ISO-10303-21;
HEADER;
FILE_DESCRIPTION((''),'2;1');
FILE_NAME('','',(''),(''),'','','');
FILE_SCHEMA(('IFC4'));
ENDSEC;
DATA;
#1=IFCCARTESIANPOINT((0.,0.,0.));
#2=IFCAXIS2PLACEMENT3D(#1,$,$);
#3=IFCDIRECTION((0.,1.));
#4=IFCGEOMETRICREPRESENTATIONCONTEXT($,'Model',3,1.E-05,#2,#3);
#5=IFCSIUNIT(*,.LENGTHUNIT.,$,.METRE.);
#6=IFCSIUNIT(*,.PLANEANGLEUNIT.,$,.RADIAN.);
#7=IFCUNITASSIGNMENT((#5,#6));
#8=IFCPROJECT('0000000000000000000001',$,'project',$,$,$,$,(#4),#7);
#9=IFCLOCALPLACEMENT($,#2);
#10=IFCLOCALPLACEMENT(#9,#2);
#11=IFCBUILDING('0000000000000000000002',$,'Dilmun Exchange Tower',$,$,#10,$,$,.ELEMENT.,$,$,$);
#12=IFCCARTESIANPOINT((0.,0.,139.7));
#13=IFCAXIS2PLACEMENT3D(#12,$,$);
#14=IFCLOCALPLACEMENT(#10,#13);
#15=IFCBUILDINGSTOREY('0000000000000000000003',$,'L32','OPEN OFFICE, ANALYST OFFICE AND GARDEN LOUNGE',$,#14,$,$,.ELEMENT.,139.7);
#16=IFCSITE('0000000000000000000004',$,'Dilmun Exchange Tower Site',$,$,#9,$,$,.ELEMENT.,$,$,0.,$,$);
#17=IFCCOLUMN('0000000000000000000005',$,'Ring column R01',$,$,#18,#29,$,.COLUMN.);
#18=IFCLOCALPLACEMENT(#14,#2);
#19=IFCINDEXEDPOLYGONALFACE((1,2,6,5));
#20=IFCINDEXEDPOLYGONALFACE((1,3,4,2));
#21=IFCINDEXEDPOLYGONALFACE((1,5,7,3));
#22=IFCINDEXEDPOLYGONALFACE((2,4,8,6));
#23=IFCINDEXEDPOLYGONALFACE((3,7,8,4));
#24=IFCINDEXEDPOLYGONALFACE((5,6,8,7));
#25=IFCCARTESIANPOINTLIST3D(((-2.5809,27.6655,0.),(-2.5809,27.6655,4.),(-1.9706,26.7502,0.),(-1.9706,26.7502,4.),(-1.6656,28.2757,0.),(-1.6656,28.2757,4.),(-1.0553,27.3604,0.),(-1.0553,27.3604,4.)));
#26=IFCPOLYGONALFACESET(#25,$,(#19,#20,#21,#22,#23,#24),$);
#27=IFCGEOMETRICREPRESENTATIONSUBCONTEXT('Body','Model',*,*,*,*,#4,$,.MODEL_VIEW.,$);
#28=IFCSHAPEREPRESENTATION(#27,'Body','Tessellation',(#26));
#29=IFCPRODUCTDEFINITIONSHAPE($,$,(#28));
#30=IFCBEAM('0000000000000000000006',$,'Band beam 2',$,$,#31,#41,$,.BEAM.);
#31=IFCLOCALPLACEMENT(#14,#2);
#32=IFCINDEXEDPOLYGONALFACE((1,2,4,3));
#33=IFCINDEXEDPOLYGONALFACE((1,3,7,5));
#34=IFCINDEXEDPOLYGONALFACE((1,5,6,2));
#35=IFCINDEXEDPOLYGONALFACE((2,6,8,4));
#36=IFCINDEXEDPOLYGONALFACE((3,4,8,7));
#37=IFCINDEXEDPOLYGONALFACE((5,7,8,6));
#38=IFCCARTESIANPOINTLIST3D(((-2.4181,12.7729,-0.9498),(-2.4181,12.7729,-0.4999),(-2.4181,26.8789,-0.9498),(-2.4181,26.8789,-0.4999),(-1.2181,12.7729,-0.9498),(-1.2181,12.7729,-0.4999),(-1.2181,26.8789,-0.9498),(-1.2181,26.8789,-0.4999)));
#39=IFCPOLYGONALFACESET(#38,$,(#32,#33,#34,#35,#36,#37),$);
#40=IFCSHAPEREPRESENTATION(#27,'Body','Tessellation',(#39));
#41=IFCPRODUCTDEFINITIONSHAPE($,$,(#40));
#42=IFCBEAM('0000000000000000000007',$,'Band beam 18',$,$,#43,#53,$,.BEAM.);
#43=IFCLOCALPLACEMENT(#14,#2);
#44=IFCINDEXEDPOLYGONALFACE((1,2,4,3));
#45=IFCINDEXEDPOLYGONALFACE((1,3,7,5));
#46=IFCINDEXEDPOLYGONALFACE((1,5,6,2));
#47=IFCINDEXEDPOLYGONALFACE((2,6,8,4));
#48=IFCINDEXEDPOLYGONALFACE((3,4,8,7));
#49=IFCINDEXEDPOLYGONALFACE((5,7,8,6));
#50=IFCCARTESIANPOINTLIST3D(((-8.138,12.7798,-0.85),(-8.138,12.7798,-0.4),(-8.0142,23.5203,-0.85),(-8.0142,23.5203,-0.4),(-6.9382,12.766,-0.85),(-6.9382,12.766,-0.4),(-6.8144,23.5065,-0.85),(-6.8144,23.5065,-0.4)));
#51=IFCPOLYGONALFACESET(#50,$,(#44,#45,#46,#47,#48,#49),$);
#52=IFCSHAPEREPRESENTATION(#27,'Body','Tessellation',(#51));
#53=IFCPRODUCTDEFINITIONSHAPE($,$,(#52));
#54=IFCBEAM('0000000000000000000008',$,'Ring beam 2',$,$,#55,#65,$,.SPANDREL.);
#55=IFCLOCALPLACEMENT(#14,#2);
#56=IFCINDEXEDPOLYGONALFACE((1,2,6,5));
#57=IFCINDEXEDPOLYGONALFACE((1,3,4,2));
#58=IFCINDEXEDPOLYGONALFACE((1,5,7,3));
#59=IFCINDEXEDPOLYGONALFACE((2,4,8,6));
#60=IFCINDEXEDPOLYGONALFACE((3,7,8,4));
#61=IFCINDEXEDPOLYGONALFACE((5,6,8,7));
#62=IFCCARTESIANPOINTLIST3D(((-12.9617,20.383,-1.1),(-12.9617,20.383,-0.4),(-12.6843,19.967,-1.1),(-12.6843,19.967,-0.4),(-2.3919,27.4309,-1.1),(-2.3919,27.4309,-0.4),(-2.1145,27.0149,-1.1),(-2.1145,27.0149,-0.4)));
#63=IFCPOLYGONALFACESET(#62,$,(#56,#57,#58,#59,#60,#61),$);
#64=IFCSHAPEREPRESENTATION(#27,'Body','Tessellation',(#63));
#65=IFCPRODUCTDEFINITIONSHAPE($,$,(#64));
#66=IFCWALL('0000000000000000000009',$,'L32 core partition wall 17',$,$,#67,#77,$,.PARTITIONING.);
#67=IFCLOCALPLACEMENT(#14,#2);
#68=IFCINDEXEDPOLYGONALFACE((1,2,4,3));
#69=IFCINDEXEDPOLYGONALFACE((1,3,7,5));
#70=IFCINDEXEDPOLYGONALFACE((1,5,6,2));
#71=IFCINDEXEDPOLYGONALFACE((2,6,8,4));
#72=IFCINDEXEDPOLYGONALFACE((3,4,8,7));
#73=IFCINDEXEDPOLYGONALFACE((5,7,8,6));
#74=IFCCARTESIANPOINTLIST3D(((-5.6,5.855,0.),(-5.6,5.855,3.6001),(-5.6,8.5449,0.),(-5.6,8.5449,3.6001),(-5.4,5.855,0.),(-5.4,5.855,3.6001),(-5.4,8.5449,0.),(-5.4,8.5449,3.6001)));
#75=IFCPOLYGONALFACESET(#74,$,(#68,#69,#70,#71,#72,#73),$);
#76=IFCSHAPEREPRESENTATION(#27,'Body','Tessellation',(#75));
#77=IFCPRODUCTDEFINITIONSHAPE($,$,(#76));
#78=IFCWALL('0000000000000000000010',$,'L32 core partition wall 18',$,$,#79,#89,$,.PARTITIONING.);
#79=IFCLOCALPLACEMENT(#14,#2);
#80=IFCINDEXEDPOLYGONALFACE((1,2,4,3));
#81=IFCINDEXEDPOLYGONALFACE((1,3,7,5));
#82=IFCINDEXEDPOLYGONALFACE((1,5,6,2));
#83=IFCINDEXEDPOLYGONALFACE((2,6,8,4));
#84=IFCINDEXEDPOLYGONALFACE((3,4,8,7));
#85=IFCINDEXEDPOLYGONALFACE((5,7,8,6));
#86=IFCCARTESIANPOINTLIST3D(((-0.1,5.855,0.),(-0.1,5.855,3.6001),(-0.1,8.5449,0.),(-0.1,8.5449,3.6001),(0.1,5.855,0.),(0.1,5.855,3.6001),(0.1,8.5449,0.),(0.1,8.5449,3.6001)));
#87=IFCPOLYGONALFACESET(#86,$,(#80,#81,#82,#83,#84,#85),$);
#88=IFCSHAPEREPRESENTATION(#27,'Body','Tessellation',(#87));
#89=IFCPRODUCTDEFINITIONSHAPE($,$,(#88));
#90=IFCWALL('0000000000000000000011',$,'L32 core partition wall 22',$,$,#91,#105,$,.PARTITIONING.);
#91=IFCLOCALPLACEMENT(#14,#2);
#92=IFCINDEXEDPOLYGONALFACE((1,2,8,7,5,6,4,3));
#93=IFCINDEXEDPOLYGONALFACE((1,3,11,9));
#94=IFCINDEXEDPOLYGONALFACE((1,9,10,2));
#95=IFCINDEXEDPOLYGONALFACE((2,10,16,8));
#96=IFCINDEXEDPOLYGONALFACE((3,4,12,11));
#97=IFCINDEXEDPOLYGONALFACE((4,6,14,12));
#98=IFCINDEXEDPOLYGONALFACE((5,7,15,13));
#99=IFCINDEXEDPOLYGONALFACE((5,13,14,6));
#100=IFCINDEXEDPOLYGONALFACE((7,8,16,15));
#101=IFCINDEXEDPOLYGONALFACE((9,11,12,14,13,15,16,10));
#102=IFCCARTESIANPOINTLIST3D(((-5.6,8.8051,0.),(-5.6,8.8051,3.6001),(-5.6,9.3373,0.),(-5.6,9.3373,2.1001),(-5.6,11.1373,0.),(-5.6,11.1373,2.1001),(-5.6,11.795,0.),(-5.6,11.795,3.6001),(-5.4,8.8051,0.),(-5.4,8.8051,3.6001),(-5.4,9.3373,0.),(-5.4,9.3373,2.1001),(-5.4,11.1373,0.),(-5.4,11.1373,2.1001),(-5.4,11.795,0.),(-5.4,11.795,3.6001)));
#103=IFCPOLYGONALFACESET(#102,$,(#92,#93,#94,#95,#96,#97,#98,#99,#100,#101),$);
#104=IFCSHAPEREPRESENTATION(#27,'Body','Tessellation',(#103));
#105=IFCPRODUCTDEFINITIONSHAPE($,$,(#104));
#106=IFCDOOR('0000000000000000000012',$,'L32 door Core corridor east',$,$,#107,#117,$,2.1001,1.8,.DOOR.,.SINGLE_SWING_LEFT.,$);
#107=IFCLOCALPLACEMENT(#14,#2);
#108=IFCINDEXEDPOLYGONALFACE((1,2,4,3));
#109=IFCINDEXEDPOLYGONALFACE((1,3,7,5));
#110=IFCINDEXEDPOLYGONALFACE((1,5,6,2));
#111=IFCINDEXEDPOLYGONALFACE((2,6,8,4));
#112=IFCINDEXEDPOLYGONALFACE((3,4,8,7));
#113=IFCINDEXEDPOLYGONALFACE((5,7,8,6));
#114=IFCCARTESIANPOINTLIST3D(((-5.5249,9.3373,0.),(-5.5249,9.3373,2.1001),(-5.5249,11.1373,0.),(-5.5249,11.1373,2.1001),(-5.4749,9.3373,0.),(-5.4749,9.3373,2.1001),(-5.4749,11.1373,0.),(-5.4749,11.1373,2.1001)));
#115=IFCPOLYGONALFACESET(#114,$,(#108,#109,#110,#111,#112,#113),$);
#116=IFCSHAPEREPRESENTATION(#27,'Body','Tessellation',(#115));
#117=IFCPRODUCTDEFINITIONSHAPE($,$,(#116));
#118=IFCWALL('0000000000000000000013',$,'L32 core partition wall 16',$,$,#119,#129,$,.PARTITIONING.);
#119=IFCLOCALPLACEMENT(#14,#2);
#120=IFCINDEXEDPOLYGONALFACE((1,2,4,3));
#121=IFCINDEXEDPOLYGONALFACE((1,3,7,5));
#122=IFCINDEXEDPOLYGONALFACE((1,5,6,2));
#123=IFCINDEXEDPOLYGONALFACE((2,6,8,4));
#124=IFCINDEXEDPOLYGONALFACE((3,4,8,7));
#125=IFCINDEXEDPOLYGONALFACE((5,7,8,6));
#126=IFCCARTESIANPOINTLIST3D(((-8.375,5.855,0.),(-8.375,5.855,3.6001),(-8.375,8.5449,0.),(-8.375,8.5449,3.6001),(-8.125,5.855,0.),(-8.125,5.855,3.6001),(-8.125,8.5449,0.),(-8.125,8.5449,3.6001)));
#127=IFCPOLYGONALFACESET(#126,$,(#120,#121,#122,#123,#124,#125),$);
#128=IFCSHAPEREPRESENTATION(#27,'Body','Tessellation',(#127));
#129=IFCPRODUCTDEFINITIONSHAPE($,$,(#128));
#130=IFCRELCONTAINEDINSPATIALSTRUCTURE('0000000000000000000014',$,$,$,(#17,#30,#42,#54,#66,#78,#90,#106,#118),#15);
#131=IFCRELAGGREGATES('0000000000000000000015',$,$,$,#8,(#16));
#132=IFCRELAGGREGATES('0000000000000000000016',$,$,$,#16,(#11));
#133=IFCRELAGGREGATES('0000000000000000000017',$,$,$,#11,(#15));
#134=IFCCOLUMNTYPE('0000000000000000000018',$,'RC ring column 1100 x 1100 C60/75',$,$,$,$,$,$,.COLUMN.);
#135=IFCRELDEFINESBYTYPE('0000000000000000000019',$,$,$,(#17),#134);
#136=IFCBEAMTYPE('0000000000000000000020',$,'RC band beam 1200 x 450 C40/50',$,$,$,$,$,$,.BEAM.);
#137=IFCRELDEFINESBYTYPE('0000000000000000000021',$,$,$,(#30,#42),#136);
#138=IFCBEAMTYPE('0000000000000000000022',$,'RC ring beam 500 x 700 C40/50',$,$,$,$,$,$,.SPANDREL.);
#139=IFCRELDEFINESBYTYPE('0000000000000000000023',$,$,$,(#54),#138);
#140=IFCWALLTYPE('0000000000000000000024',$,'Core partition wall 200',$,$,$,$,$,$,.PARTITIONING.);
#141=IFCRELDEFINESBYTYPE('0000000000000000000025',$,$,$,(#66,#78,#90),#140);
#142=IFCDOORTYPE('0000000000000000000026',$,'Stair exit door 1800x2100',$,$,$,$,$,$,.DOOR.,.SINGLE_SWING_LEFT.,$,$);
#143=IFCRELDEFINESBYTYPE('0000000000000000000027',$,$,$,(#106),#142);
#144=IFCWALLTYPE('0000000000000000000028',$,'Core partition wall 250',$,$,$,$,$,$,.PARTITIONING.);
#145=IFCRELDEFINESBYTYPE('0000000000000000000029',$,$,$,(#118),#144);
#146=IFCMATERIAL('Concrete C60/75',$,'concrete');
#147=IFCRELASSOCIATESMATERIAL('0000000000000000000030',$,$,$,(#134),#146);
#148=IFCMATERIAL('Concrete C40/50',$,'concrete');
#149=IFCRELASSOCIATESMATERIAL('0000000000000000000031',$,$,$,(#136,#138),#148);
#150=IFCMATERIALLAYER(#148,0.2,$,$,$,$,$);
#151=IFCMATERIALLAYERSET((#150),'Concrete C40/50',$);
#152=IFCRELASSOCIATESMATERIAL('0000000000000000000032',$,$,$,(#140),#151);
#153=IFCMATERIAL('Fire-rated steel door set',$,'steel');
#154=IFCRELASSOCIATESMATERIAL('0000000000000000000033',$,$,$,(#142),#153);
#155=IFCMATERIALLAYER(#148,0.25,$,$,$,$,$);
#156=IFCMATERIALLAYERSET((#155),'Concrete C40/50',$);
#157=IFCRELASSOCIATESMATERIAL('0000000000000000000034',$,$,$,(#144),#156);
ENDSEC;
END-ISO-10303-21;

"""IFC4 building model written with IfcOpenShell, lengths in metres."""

from ifc_helpers import new_model, si_unit, direction, frame, frame_2d, origin, origin_2d, place, context, subcontext, project, spatial, rectangle, extrude, material, layer, layer_set, material_profile, profile_set, type_object, element, fill, save


model = new_model("IFC4")

# Units and contexts
model_context = context("Model", 3, precision=1e-05, world=origin(), true_north=direction((0.0, 1.0)))
body_context = subcontext(model_context, "Body", "Model", "MODEL_VIEW")
ifc_project = project(units=[si_unit("LENGTHUNIT", "METRE"), si_unit("PLANEANGLEUNIT", "RADIAN")], contexts=[model_context])

# Site, building, storey
site_placement = place(None, origin())
site = spatial("IfcSite", under=ifc_project, at=site_placement, Name="Dilmun Exchange Tower Site", CompositionType="ELEMENT", RefElevation=0.0)
building_placement = place(site_placement, origin())
building = spatial("IfcBuilding", under=site, at=building_placement, Name="Dilmun Exchange Tower", CompositionType="ELEMENT")
storey_placement = place(building_placement, frame((0.0, 0.0, 139.7)))
storey = spatial("IfcBuildingStorey", under=building, at=storey_placement, Name="L32", Description="OPEN OFFICE, ANALYST OFFICE AND GARDEN LOUNGE", CompositionType="ELEMENT", Elevation=139.7)

# Column
ifc_material_1 = material(Name="Concrete C60/75", Category="concrete")
ifc_material_profile_1 = material_profile(ifc_material_1, rectangle(XDim=1.1001, YDim=1.1001, at=origin_2d()), Name="1100 x 1100")
ifc_profile_set_1 = profile_set([ifc_material_profile_1], Name="Concrete C60/75")
column_type = type_object("IfcColumnType", Name="RC ring column 1100 x 1100 C60/75", PredefinedType="COLUMN", material=ifc_profile_set_1)
column_placement = place(storey_placement, frame((-1.8181, 27.5129, 0.0), z_axis=(0.0, 0.0, 1.0), x_axis=(0.832029, 0.554733, 0.0)))
element("IfcColumn", 1, at=column_placement, inside=storey, type_object=column_type, Name="Ring column R01", PredefinedType="COLUMN", context=body_context, shape_type="SweptSolid", body=[
    extrude(rectangle(XDim=1.1001, YDim=1.1001, at=origin_2d()), origin(), (0.0, 0.0, 1.0), 4.0),
])

# Beams
ifc_material_2 = material(Name="Concrete C40/50", Category="concrete")
ifc_material_profile_2 = material_profile(ifc_material_2, rectangle(XDim=1.2, YDim=0.45, at=origin_2d()), Name="1200 x 450")
ifc_profile_set_2 = profile_set([ifc_material_profile_2], Name="Concrete C40/50")
beam_type_1 = type_object("IfcBeamType", Name="RC band beam 1200 x 450 C40/50", PredefinedType="BEAM", material=ifc_profile_set_2)
beam_1_placement = place(storey_placement, frame((-1.8181, 26.8789, -0.7249), z_axis=(0.0, -1.0, 0.0), x_axis=(1.0, 0.0, 0.0)))
element("IfcBeam", 2, at=beam_1_placement, inside=storey, type_object=beam_type_1, Name="Band beam 2", PredefinedType="BEAM", context=body_context, shape_type="SweptSolid", body=[
    extrude(rectangle(XDim=1.2, YDim=0.45, at=origin_2d()), origin(), (0.0, 0.0, 1.0), 14.106),
])
beam_2_placement = place(storey_placement, frame((-7.4143, 23.5134, -0.625), z_axis=(-0.011524, -0.999934, 0.0), x_axis=(0.999934, -0.011524, 0.0)))
element("IfcBeam", 3, at=beam_2_placement, inside=storey, type_object=beam_type_1, Name="Band beam 18", PredefinedType="BEAM", context=body_context, shape_type="SweptSolid", body=[
    extrude(rectangle(XDim=1.2, YDim=0.45, at=origin_2d()), origin(), (0.0, 0.0, 1.0), 10.7412),
])
ifc_material_profile_3 = material_profile(ifc_material_2, rectangle(XDim=0.5, YDim=0.7, at=origin_2d()), Name="500 x 700")
ifc_profile_set_3 = profile_set([ifc_material_profile_3], Name="Concrete C40/50")
beam_type_2 = type_object("IfcBeamType", Name="RC ring beam 500 x 700 C40/50", PredefinedType="SPANDREL", material=ifc_profile_set_3)
beam_3_placement = place(storey_placement, frame((-2.2532, 27.2229, -0.75), z_axis=(-0.832003, -0.554771, 0.0), x_axis=(0.554771, -0.832003, 0.0)))
element("IfcBeam", 4, at=beam_3_placement, inside=storey, type_object=beam_type_2, Name="Ring beam 2", PredefinedType="SPANDREL", context=body_context, shape_type="SweptSolid", body=[
    extrude(rectangle(XDim=0.5, YDim=0.7, at=origin_2d()), origin(), (0.0, 0.0, 1.0), 12.7041),
])

# Walls
ifc_layer_1 = layer(ifc_material_2, 0.2)
ifc_layer_set_1 = layer_set([ifc_layer_1], Name="Concrete C40/50")
wall_type_1 = type_object("IfcWallType", Name="Core partition wall 200", PredefinedType="PARTITIONING", material=ifc_layer_set_1)
for number, where, z_axis, x_axis, name in (
    (5, (-5.5, 5.855, 0.0), (0.0, 0.0, 1.0), (0.0, 1.0, 0.0), "L32 core partition wall 17"),
    (6, (0.0, 5.855, 0.0), (0.0, 0.0, 1.0), (0.0, 1.0, 0.0), "L32 core partition wall 18"),
):
    element("IfcWall", number, at=place(storey_placement, frame(where, z_axis=z_axis, x_axis=x_axis)), inside=storey, type_object=wall_type_1, Name=name, PredefinedType="PARTITIONING", context=body_context, shape_type="SweptSolid", body=[
        extrude(rectangle(XDim=2.6899, YDim=0.2, at=frame_2d((1.345, 0.0))), origin(), (0.0, 0.0, 1.0), 3.6001),
    ])

# Wall, opening, door
wall_1_placement = place(storey_placement, frame((-5.5, 8.8049, 0.0), z_axis=(0.0, 0.0, 1.0), x_axis=(0.0, 1.0, 0.0)))
wall_1 = element("IfcWall", 7, at=wall_1_placement, inside=storey, type_object=wall_type_1, Name="L32 core partition wall 22", PredefinedType="PARTITIONING", context=body_context, shape_type="SweptSolid", body=[
    extrude(rectangle(XDim=2.99, YDim=0.2, at=frame_2d((1.4951, 0.0))), origin(), (0.0, 0.0, 1.0), 3.6001),
])
opening_1_placement = place(wall_1_placement, frame((0.5325, 0.0, 0.0)))
opening_1 = element("IfcOpeningElement", 8, at=opening_1_placement, cuts=wall_1, PredefinedType="OPENING", context=body_context, shape_type="SweptSolid", body=[
    extrude(rectangle(XDim=1.8, YDim=2.1001, at=frame_2d((0.8999, 1.05))), frame((0.0, 0.1099, 0.0), z_axis=(0.0, -1.0, 0.0), x_axis=(1.0, 0.0, 0.0)), (0.0, 0.0, 1.0), 0.22),
])
ifc_material_3 = material(Name="Fire-rated steel door set", Category="steel")
door_type_1 = type_object("IfcDoorType", Name="Stair exit door 1800x2100", OperationType="SINGLE_SWING_LEFT", PredefinedType="DOOR", material=ifc_material_3)
door_1_placement = place(opening_1_placement, origin())
door_1 = element("IfcDoor", 9, at=door_1_placement, inside=storey, type_object=door_type_1, Name="L32 door Core corridor east", OperationType="SINGLE_SWING_LEFT", OverallHeight=2.1001, OverallWidth=1.8, PredefinedType="DOOR", context=body_context, shape_type="SweptSolid", body=[
    extrude(rectangle(XDim=1.8, YDim=2.1001, at=frame_2d((0.8999, 1.05))), frame((0.0, 0.0249, 0.0), z_axis=(0.0, -1.0, 0.0), x_axis=(1.0, 0.0, 0.0)), (0.0, 0.0, 1.0), 0.05),
])
fill(opening_1, door_1)

# Wall
ifc_layer_2 = layer(ifc_material_2, 0.25)
ifc_layer_set_2 = layer_set([ifc_layer_2], Name="Concrete C40/50")
wall_type_2 = type_object("IfcWallType", Name="Core partition wall 250", PredefinedType="PARTITIONING", material=ifc_layer_set_2)
wall_2_placement = place(storey_placement, frame((-8.25, 5.855, 0.0), z_axis=(0.0, 0.0, 1.0), x_axis=(0.0, 1.0, 0.0)))
element("IfcWall", 10, at=wall_2_placement, inside=storey, type_object=wall_type_2, Name="L32 core partition wall 16", PredefinedType="PARTITIONING", context=body_context, shape_type="SweptSolid", body=[
    extrude(rectangle(XDim=2.6899, YDim=0.25, at=frame_2d((1.345, 0.0))), origin(), (0.0, 0.0, 1.0), 3.6001),
])

save(model, "model.ifc")
